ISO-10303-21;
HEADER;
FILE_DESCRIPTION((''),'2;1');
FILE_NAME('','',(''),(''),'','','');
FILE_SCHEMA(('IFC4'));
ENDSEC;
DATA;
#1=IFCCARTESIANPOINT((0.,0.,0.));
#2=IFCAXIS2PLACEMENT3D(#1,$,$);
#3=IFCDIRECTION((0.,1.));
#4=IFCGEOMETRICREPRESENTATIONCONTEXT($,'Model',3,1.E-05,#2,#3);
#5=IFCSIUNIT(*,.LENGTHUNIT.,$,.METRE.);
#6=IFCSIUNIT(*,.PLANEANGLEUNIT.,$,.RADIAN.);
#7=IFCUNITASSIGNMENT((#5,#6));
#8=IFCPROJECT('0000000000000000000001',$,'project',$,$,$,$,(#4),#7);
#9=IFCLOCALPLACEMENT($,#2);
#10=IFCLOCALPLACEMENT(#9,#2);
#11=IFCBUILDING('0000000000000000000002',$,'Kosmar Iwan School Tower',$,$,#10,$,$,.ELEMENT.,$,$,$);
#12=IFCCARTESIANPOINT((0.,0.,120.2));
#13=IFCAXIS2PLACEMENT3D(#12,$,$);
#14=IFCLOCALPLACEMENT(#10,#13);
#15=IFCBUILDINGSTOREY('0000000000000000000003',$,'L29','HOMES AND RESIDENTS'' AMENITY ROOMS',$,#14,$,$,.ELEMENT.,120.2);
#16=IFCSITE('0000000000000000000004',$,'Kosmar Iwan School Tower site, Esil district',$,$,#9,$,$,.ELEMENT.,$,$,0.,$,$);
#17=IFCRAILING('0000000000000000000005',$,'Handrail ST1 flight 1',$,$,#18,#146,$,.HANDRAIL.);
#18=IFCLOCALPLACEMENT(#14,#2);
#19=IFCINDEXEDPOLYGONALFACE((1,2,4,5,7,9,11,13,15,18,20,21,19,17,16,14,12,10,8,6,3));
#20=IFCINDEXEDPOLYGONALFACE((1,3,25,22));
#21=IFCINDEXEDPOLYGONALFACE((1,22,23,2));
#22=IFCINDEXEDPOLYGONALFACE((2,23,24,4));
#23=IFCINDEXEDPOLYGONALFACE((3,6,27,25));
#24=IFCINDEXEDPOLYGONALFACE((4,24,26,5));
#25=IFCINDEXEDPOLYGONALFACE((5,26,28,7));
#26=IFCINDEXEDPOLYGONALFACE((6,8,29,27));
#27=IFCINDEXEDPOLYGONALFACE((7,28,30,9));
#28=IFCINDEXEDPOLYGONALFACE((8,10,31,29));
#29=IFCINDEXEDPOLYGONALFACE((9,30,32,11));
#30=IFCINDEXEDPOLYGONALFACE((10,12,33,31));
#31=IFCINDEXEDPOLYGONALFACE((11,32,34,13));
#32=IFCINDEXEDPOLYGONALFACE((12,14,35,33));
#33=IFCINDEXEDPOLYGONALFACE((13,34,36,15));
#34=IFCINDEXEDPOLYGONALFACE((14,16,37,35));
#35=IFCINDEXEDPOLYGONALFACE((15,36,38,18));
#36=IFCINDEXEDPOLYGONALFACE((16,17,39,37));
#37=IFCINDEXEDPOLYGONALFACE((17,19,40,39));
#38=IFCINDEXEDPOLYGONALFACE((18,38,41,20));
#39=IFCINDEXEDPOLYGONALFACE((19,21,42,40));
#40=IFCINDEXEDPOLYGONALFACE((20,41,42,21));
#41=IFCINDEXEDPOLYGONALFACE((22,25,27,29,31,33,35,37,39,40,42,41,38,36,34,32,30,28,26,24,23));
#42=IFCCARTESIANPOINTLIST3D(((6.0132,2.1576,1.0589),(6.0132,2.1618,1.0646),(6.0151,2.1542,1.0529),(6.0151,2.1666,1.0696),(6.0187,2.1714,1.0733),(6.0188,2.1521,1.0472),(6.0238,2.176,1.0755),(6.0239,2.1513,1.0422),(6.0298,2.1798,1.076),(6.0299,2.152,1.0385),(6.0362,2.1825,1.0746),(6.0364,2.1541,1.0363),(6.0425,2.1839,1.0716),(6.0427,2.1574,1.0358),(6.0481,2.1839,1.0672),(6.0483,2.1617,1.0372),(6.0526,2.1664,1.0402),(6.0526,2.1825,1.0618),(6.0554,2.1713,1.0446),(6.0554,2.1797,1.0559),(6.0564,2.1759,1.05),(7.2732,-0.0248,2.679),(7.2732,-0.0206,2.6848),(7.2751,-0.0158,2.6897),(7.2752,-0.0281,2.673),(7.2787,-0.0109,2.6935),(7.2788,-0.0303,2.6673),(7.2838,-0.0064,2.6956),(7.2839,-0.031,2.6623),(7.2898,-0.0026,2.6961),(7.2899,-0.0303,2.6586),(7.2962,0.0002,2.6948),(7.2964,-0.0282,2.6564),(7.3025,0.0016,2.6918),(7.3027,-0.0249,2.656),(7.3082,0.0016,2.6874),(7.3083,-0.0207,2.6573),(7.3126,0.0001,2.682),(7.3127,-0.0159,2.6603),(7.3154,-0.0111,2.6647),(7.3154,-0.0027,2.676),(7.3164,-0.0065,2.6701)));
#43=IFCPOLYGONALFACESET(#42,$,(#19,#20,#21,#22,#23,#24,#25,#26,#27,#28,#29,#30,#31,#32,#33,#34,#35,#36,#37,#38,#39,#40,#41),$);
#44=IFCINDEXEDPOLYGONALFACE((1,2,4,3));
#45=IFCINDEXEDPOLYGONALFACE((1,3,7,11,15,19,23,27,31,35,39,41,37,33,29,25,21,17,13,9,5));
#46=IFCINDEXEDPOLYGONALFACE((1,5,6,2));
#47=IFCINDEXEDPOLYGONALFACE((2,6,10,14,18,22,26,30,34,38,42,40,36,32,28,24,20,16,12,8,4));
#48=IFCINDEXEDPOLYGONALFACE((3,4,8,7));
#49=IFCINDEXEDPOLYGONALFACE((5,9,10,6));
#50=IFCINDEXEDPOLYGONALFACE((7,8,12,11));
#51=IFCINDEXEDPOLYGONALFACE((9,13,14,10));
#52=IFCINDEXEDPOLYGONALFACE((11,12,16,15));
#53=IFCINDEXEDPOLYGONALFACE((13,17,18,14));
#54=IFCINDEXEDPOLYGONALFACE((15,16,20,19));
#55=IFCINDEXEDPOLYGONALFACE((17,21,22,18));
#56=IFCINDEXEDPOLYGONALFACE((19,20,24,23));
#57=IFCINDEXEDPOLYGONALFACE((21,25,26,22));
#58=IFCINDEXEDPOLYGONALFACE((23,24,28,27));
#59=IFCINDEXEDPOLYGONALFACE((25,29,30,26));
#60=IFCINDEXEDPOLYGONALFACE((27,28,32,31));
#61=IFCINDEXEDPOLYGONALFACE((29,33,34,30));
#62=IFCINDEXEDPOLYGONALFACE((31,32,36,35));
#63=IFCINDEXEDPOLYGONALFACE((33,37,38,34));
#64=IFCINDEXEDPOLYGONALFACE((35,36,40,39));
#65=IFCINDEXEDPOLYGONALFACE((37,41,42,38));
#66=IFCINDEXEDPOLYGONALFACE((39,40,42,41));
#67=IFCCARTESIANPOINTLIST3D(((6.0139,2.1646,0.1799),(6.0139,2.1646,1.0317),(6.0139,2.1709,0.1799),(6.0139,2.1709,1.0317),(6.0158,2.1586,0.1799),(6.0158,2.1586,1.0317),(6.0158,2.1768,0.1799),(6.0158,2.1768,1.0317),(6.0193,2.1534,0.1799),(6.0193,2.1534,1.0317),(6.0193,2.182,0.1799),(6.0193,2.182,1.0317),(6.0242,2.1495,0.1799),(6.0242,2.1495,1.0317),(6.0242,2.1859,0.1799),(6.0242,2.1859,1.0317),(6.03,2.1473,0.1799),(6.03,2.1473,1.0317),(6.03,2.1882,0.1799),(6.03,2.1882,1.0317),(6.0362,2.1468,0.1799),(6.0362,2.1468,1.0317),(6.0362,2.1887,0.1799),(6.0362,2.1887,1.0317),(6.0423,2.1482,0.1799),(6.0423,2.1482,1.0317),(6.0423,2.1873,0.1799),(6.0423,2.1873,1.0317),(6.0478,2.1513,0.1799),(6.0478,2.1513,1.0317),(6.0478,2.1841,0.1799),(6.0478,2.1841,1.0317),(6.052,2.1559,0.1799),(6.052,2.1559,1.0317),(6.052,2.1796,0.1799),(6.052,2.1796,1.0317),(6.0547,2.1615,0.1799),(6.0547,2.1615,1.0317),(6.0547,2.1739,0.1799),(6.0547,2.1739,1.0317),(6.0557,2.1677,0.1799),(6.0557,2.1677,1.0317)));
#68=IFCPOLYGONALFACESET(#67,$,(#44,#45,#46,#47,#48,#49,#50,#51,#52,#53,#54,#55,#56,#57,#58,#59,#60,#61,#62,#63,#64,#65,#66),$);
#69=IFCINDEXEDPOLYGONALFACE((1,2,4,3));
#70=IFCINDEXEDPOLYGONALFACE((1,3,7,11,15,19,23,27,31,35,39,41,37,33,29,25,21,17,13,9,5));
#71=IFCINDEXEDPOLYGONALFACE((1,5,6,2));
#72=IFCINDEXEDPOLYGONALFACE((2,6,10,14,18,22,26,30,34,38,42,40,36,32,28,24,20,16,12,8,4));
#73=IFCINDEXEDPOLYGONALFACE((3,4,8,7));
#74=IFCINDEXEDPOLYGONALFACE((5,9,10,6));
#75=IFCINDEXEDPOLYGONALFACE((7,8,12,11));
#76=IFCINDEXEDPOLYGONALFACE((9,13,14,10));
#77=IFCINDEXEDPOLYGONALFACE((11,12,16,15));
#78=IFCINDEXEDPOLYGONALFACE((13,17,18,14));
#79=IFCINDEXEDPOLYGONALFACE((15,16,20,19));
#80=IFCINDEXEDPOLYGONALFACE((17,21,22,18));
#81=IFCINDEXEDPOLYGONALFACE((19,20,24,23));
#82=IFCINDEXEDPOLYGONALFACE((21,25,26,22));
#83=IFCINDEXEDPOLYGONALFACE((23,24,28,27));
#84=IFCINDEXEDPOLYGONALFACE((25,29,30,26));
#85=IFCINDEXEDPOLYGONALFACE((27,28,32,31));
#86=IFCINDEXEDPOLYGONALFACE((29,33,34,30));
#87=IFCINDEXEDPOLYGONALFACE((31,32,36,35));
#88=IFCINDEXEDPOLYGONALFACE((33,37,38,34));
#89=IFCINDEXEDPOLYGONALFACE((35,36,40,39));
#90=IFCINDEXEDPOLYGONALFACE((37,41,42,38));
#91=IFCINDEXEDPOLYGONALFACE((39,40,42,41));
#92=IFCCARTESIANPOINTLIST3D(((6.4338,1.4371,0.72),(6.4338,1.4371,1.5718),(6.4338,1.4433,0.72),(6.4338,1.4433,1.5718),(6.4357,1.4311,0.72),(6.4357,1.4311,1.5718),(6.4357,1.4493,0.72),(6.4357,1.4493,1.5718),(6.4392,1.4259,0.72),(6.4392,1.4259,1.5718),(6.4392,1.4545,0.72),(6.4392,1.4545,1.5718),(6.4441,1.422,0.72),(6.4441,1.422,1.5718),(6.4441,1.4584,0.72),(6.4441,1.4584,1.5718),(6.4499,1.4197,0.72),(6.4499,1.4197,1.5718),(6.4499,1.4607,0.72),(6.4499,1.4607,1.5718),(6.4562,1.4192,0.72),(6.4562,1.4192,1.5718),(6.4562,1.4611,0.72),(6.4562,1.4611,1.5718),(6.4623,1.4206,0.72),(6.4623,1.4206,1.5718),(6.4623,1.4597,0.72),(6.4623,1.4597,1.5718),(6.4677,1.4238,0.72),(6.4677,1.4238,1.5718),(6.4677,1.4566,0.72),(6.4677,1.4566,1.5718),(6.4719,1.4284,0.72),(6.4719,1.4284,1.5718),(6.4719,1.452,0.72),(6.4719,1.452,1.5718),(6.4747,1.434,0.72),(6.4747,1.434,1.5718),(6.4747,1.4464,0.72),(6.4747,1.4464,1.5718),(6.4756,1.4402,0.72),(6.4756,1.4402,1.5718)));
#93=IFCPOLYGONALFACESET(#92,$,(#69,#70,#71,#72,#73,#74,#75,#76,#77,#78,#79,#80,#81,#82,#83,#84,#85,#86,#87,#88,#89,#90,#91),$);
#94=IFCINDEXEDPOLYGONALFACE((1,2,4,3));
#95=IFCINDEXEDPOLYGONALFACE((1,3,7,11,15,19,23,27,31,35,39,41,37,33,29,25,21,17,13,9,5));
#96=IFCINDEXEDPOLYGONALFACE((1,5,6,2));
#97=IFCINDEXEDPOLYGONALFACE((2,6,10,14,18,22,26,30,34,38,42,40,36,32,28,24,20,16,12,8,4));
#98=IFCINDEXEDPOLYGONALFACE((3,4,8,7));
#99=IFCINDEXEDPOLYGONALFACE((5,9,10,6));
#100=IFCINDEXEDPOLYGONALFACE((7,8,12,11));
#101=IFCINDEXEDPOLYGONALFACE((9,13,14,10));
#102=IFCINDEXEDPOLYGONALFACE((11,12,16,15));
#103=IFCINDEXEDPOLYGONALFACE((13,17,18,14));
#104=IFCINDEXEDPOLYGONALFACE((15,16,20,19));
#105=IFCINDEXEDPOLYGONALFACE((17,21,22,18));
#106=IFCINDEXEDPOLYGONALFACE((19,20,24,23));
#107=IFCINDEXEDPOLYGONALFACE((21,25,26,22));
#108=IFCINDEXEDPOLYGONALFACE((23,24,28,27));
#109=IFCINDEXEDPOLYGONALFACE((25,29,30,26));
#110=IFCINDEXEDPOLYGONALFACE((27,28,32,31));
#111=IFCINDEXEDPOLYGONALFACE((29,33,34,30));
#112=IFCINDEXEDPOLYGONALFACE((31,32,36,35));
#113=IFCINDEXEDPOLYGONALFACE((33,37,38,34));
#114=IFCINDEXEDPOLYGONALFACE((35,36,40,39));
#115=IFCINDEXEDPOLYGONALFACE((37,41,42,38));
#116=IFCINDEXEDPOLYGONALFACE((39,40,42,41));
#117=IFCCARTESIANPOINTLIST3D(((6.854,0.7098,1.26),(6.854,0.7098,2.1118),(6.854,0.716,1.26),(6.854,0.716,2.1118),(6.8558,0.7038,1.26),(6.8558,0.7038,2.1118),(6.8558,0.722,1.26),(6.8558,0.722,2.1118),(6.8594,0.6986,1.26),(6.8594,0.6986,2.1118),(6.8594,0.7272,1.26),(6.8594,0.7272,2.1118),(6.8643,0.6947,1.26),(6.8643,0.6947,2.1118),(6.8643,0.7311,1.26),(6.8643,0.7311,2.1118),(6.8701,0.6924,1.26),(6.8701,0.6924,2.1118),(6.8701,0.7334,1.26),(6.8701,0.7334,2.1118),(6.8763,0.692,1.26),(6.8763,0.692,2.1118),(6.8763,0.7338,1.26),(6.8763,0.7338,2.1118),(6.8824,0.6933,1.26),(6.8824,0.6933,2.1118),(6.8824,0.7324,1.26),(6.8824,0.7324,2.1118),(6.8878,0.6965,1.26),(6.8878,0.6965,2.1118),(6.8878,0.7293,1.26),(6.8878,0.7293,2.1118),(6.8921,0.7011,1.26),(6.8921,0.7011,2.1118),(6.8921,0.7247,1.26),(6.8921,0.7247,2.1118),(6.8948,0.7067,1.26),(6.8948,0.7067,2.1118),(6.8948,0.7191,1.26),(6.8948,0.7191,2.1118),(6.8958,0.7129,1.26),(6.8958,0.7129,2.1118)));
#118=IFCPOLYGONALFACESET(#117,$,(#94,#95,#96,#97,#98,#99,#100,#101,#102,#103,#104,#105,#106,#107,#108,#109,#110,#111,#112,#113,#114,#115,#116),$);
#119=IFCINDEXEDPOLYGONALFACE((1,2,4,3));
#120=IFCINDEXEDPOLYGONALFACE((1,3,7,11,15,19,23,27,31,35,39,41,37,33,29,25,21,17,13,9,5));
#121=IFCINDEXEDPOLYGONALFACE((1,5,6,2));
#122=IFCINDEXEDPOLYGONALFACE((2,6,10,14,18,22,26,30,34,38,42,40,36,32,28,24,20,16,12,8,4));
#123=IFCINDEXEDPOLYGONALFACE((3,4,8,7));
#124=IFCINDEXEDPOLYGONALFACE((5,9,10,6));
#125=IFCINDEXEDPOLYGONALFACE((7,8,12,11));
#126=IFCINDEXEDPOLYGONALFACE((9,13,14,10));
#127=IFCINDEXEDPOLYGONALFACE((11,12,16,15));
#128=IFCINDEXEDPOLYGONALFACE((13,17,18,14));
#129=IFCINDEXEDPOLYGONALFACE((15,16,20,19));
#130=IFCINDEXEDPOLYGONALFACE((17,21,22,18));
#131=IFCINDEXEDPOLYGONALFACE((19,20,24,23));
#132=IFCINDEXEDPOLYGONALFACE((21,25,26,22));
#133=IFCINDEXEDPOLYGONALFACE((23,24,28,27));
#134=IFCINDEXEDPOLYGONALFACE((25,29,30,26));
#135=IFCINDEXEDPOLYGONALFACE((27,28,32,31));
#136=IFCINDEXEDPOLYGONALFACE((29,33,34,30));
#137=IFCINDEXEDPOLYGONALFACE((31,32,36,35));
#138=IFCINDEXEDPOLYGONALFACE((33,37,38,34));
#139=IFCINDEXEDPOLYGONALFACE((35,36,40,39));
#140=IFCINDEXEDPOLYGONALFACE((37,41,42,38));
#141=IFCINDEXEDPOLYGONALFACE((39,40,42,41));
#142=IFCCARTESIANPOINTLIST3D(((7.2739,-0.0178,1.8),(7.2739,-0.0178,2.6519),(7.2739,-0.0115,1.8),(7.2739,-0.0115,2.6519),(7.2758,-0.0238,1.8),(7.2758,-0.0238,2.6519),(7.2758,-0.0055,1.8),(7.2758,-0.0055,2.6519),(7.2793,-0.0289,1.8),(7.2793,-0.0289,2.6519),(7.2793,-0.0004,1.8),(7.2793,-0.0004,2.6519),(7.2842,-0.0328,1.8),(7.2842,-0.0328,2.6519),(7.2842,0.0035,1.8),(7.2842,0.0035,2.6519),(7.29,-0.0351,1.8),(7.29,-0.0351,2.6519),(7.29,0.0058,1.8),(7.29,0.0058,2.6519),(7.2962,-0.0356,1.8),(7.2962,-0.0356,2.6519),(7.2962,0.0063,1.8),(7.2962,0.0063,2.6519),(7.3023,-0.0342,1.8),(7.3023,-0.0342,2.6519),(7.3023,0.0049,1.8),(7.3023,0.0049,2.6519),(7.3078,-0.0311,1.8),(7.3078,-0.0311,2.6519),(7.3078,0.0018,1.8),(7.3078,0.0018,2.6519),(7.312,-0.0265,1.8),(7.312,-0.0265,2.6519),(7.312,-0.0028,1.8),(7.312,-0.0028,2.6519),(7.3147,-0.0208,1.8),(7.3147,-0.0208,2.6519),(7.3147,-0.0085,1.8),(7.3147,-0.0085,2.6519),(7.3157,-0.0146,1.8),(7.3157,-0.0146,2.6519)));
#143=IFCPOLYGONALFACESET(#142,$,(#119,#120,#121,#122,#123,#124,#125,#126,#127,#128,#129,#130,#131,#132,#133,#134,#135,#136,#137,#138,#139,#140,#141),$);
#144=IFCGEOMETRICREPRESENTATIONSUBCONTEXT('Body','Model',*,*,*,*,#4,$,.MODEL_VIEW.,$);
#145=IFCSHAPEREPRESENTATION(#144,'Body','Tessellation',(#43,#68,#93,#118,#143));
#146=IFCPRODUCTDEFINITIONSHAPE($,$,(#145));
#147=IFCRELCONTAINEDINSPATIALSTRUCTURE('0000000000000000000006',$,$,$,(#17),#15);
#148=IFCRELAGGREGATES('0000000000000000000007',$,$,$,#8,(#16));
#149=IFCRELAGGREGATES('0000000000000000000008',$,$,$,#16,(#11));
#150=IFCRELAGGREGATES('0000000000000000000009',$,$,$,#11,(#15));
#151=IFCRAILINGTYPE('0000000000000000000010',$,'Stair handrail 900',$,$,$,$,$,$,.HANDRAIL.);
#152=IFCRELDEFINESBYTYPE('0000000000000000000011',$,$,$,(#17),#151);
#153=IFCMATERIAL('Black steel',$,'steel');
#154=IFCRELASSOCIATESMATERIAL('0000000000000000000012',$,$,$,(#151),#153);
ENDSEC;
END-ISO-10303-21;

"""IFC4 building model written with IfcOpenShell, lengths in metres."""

from ifc_helpers import new_model, si_unit, direction, frame, origin, origin_2d, place, context, subcontext, project, spatial, circle, extrude, material, type_object, element, save


model = new_model("IFC4")

# Units and contexts
model_context = context("Model", 3, precision=1e-05, world=origin(), true_north=direction((0.0, 1.0)))
body_context = subcontext(model_context, "Body", "Model", "MODEL_VIEW")
ifc_project = project(units=[si_unit("LENGTHUNIT", "METRE"), si_unit("PLANEANGLEUNIT", "RADIAN")], contexts=[model_context])

# Site, building, storey
site_placement = place(None, origin())
site = spatial("IfcSite", under=ifc_project, at=site_placement, Name="Kosmar Iwan School Tower site, Esil district", CompositionType="ELEMENT", RefElevation=0.0)
building_placement = place(site_placement, origin())
building = spatial("IfcBuilding", under=site, at=building_placement, Name="Kosmar Iwan School Tower", CompositionType="ELEMENT")
storey_placement = place(building_placement, frame((0.0, 0.0, 120.2)))
storey = spatial("IfcBuildingStorey", under=building, at=storey_placement, Name="L29", Description="HOMES AND RESIDENTS' AMENITY ROOMS", CompositionType="ELEMENT", Elevation=120.2)

# Railing
ifc_material_1 = material(Name="Black steel", Category="steel")
railing_type = type_object("IfcRailingType", Name="Stair handrail 900", PredefinedType="HANDRAIL", material=ifc_material_1)
railing_placement = place(storey_placement, frame((6.0347, 2.1677, 0.1799)))
element("IfcRailing", 1, at=railing_placement, inside=storey, type_object=railing_type, Name="Handrail ST1 flight 1", PredefinedType="HANDRAIL", context=body_context, shape_type="SweptSolid", body=[
    extrude(circle(Radius=0.0239, at=origin_2d()), frame((0.0, 0.0, 0.876), z_axis=(0.420584, -0.728464, 0.540786), x_axis=(0.866023, 0.500005, 0.0)), (0.0, 0.0, 1.0), 2.9958),
    extrude(circle(Radius=0.021, at=origin_2d()), origin(), (0.0, 0.0, 1.0), 0.8518),
    extrude(circle(Radius=0.021, at=origin_2d()), frame((0.4199, -0.7275, 0.54)), (0.0, 0.0, 1.0), 0.8518),
    extrude(circle(Radius=0.021, at=origin_2d()), frame((0.8401, -1.4548, 1.0801)), (0.0, 0.0, 1.0), 0.8518),
    extrude(circle(Radius=0.021, at=origin_2d()), frame((1.26, -2.1824, 1.6201)), (0.0, 0.0, 1.0), 0.8518),
])

save(model, "model.ifc")
